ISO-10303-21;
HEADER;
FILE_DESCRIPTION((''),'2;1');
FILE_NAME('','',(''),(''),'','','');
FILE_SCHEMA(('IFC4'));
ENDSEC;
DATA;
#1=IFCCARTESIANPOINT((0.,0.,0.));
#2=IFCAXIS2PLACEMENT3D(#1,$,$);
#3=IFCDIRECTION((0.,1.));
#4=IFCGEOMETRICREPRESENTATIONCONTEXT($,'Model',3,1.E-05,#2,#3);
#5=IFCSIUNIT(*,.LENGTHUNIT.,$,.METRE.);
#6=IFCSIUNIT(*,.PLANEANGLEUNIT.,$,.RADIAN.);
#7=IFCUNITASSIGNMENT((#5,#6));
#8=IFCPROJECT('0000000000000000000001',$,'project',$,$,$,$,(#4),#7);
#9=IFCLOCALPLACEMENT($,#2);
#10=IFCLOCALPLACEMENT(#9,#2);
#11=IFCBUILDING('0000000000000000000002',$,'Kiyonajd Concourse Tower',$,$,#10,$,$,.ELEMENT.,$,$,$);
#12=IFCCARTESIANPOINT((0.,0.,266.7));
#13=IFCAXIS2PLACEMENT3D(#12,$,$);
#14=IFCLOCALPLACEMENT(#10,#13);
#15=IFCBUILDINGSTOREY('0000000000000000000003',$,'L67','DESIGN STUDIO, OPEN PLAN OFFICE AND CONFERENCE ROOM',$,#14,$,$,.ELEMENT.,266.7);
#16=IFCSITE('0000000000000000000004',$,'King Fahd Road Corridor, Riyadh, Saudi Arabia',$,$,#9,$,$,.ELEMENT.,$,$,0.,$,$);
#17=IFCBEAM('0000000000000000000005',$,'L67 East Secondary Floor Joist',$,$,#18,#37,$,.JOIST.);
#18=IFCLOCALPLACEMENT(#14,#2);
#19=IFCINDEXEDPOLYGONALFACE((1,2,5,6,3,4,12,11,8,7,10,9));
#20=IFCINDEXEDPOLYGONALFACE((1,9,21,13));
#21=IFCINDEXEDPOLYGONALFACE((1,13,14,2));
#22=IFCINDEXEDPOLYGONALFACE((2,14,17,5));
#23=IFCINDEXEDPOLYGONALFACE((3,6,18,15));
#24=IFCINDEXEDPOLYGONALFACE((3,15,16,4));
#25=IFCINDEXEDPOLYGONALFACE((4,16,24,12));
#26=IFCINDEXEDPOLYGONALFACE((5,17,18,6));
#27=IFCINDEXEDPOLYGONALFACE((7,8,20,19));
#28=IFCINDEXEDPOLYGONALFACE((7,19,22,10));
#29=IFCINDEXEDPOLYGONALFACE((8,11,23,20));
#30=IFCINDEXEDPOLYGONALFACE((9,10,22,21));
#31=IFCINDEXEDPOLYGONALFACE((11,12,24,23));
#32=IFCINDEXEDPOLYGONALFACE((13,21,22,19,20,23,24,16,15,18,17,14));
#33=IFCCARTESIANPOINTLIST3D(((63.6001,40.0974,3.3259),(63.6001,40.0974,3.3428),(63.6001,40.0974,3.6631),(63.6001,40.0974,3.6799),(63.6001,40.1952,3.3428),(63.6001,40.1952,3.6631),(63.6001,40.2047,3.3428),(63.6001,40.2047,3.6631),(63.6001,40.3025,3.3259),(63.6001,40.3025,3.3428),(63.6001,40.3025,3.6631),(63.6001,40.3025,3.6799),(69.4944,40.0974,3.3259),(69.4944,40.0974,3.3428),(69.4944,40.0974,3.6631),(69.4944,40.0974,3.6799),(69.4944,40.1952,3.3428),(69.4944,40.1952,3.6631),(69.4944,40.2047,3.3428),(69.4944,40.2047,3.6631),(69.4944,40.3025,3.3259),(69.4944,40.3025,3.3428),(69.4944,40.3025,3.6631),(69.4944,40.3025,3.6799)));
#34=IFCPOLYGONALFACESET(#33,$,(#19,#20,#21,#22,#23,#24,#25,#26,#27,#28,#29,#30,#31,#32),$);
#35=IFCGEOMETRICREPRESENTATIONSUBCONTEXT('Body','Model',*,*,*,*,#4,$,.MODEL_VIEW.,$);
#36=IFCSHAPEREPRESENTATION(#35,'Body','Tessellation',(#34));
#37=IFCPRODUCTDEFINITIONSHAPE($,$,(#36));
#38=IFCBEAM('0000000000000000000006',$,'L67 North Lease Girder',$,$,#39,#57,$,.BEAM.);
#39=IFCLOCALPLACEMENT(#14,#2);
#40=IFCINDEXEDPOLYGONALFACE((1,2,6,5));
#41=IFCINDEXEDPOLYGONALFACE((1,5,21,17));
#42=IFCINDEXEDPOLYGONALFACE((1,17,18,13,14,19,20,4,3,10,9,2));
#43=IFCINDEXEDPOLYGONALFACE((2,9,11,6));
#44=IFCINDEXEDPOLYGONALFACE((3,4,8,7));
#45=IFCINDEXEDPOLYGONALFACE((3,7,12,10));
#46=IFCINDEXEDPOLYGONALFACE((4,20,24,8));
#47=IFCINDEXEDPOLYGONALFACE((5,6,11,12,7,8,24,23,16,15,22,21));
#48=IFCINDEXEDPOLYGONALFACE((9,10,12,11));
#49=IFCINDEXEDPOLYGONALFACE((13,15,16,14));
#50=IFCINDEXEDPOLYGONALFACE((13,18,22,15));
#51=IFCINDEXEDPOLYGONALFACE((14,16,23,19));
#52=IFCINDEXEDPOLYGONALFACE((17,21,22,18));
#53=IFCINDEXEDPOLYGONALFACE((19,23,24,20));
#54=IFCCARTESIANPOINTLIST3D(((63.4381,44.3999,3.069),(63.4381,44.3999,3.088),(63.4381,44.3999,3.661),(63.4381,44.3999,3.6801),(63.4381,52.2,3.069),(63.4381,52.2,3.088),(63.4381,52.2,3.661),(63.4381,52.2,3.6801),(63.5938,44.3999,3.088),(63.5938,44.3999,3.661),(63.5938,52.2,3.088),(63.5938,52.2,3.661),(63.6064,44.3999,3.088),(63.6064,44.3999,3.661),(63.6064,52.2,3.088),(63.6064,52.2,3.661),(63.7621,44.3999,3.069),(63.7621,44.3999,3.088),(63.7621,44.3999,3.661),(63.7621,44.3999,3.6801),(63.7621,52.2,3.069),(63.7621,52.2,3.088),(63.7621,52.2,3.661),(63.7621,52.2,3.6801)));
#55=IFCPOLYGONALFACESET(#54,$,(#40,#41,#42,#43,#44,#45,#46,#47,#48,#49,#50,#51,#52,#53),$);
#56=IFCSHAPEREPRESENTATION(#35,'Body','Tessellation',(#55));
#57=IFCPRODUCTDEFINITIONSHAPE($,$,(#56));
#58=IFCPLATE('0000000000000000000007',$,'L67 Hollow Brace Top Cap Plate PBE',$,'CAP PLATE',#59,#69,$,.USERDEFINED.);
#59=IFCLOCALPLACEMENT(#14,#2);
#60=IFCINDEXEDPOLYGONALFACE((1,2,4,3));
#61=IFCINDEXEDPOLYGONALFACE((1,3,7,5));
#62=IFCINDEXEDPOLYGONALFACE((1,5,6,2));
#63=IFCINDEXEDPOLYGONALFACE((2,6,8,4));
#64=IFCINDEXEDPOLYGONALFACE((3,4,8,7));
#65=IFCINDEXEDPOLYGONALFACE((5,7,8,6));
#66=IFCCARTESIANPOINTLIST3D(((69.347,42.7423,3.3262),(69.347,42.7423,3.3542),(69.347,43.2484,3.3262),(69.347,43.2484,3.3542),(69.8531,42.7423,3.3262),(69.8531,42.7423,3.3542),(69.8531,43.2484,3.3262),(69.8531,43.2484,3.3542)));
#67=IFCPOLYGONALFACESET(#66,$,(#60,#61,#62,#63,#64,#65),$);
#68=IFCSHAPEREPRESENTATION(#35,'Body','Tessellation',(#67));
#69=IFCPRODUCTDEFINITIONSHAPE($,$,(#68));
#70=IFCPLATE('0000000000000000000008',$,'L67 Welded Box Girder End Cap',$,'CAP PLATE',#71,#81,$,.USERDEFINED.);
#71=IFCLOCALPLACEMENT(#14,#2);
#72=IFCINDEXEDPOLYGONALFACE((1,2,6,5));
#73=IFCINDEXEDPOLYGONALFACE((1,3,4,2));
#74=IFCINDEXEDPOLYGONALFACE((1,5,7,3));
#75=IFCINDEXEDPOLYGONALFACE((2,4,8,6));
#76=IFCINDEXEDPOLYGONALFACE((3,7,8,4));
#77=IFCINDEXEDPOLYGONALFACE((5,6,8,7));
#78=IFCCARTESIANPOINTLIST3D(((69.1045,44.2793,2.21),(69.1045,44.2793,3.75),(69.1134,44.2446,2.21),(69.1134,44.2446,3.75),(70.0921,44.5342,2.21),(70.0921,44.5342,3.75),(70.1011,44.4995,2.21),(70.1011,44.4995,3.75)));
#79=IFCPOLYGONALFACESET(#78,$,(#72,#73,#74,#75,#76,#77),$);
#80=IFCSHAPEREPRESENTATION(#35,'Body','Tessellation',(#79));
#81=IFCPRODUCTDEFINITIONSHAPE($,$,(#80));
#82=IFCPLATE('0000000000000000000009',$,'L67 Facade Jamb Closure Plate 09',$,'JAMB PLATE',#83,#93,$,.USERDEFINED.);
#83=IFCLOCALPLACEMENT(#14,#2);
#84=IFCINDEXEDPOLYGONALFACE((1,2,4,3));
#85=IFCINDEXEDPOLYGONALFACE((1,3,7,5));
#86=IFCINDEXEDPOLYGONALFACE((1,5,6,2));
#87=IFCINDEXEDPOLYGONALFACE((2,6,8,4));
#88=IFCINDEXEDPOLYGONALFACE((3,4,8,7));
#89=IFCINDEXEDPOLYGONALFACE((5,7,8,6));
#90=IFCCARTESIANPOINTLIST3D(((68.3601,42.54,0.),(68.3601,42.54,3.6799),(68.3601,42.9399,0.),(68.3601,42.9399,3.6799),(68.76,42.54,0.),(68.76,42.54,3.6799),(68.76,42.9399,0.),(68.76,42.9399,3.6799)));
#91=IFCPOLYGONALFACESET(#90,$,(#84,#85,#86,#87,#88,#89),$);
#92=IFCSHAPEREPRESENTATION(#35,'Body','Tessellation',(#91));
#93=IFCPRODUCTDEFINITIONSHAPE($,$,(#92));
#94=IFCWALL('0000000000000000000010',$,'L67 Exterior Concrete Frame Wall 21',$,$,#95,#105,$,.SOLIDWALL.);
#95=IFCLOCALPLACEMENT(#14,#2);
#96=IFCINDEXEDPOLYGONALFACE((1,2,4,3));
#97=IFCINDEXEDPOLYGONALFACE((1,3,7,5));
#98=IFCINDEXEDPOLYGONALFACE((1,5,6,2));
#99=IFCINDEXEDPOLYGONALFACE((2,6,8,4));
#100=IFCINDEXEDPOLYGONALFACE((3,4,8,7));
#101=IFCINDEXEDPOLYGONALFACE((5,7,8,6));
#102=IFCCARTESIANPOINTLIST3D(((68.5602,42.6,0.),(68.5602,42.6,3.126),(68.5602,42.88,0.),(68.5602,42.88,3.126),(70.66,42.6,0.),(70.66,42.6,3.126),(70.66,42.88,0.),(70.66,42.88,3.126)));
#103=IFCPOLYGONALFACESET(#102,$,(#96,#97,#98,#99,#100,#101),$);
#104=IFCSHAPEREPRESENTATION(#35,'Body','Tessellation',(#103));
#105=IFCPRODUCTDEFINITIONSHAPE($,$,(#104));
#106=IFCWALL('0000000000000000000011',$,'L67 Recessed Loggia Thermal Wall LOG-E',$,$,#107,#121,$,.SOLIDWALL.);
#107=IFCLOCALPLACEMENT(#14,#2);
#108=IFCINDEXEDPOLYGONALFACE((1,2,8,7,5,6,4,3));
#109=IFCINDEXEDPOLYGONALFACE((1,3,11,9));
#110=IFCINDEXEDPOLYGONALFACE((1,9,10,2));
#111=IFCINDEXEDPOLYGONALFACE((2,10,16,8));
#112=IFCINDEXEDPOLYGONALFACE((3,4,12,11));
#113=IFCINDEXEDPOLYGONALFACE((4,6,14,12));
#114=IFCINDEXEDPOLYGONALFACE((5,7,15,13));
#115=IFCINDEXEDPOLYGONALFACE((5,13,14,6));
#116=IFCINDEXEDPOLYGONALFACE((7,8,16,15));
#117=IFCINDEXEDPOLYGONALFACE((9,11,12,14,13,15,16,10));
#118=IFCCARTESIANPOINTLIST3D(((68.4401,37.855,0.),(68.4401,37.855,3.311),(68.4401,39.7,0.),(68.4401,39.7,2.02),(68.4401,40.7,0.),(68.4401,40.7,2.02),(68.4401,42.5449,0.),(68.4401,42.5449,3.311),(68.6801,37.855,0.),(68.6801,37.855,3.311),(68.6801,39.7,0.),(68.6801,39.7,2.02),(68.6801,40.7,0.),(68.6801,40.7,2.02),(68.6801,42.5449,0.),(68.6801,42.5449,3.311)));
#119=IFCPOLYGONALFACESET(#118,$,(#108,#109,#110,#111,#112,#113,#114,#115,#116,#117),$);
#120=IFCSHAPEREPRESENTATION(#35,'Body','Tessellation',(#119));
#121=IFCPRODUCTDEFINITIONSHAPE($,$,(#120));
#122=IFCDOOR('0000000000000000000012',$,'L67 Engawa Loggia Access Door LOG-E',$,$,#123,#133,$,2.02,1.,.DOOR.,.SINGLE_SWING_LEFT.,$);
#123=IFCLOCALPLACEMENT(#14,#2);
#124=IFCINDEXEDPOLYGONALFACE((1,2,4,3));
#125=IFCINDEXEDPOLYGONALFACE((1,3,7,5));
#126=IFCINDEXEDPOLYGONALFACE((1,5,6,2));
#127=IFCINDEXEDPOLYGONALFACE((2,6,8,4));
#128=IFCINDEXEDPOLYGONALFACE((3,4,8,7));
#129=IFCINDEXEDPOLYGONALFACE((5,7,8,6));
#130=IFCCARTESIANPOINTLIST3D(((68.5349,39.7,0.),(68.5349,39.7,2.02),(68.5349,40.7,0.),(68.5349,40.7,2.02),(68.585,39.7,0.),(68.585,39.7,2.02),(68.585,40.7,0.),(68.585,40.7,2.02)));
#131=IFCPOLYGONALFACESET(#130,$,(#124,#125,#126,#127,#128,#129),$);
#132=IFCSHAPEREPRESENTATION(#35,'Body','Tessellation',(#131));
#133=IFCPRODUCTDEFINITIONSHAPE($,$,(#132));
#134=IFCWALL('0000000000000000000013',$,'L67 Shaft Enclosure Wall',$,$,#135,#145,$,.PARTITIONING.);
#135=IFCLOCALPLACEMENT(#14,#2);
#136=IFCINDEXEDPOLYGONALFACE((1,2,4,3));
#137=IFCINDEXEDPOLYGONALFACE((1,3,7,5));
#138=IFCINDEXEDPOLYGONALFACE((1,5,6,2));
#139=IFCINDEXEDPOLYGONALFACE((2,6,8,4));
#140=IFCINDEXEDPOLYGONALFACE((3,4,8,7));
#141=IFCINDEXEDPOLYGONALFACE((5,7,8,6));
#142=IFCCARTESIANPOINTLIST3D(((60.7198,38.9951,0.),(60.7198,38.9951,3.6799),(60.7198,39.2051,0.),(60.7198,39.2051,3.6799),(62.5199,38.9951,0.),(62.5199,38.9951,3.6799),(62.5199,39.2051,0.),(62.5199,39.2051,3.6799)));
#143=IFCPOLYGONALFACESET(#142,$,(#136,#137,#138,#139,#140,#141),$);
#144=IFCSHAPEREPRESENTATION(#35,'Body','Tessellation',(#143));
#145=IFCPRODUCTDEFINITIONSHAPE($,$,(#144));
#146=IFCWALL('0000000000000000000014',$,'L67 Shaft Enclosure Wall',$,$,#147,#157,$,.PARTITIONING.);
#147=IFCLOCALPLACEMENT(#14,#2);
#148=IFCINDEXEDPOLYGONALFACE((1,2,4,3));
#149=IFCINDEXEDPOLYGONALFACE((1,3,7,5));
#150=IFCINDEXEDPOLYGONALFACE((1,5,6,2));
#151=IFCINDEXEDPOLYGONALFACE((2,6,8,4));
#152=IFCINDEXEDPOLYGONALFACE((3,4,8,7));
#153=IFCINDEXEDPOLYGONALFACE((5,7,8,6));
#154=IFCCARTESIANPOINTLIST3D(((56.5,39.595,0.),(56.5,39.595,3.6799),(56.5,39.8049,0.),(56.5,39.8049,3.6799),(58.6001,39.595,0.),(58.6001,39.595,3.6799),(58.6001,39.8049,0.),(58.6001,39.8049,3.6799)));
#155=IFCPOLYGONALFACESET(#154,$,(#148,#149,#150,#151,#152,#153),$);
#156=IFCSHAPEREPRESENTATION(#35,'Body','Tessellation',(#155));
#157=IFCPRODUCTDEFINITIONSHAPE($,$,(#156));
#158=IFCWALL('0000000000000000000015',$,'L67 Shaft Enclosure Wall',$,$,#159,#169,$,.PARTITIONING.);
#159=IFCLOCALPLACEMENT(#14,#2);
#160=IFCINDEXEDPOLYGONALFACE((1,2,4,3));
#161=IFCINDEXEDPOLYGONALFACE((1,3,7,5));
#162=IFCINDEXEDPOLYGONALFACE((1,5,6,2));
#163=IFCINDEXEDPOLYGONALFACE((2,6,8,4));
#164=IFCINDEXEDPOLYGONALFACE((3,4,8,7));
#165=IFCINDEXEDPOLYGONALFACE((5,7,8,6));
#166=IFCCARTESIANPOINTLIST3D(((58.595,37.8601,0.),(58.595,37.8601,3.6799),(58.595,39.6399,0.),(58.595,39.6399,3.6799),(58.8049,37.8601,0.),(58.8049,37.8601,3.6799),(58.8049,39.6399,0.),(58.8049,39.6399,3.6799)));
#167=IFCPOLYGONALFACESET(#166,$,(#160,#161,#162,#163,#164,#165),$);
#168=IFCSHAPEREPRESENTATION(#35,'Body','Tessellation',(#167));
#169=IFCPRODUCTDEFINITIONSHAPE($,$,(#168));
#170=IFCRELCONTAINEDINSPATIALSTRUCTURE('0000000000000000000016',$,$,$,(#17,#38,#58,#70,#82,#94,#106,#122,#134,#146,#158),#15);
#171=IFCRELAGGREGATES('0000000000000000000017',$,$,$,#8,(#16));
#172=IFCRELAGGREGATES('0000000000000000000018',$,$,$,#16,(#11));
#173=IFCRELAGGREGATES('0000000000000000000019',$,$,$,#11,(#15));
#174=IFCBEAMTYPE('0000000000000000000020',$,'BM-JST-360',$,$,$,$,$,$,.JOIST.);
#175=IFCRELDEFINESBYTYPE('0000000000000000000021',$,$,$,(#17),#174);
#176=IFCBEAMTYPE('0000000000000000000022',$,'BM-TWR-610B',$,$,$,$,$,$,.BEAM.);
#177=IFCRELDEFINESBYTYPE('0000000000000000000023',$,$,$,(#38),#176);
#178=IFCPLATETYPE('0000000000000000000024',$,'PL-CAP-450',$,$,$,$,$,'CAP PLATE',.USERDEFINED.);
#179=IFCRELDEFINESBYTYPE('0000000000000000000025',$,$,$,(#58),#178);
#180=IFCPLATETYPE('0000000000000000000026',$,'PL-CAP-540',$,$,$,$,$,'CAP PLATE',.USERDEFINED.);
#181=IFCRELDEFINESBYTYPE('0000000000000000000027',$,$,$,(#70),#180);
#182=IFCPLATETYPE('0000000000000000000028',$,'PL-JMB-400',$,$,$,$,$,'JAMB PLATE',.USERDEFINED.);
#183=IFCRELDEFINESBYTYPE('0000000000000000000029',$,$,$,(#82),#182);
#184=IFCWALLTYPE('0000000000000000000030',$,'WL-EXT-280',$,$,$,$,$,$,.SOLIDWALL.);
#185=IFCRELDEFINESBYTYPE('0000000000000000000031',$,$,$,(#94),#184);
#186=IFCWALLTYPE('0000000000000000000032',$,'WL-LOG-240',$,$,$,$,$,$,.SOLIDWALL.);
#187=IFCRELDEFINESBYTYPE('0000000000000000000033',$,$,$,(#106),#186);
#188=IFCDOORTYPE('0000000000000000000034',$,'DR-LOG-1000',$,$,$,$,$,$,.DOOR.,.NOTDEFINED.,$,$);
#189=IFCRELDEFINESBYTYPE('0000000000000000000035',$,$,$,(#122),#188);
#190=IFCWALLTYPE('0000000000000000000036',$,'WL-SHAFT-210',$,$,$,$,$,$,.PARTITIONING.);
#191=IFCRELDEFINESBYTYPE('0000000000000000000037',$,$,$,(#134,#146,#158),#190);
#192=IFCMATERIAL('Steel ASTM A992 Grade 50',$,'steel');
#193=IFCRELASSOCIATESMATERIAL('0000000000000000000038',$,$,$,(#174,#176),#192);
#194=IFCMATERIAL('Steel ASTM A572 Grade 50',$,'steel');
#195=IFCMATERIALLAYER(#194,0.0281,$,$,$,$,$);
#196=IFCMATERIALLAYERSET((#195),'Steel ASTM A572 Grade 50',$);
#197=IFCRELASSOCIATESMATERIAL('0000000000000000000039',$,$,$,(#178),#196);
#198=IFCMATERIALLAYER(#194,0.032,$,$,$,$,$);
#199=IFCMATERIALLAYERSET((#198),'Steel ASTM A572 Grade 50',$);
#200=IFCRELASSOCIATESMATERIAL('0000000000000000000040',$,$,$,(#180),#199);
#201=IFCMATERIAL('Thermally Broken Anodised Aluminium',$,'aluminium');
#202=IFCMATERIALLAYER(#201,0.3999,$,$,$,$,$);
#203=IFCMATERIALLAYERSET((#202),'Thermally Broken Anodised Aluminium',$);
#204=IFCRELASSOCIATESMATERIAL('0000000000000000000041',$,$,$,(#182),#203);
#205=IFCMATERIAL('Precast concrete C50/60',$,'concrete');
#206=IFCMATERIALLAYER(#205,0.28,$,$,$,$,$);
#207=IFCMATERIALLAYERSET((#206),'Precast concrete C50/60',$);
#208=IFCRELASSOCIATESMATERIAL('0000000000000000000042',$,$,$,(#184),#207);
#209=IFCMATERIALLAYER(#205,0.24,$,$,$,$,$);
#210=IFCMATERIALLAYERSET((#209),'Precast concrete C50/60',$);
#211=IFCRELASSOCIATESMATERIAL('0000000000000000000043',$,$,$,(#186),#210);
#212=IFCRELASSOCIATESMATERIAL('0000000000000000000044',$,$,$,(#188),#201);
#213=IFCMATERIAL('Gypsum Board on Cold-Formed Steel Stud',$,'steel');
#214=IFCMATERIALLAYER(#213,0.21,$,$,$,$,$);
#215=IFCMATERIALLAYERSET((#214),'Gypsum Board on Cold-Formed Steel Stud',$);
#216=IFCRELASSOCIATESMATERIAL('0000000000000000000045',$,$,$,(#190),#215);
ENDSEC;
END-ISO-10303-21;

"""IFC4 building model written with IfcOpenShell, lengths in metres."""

from ifc_helpers import new_model, si_unit, direction, frame, frame_2d, origin, origin_2d, place, context, subcontext, project, spatial, rectangle, i_section, extrude, material, layer, layer_set, material_profile, profile_set, type_object, element, fill, save


model = new_model("IFC4")

# Units and contexts
model_context = context("Model", 3, precision=1e-05, world=origin(), true_north=direction((0.0, 1.0)))
body_context = subcontext(model_context, "Body", "Model", "MODEL_VIEW")
ifc_project = project(units=[si_unit("LENGTHUNIT", "METRE"), si_unit("PLANEANGLEUNIT", "RADIAN")], contexts=[model_context])

# Site, building, storey
site_placement = place(None, origin())
site = spatial("IfcSite", under=ifc_project, at=site_placement, Name="King Fahd Road Corridor, Riyadh, Saudi Arabia", CompositionType="ELEMENT", RefElevation=0.0)
building_placement = place(site_placement, origin())
building = spatial("IfcBuilding", under=site, at=building_placement, Name="Kiyonajd Concourse Tower", CompositionType="ELEMENT")
storey_placement = place(building_placement, frame((0.0, 0.0, 266.7)))
storey = spatial("IfcBuildingStorey", under=building, at=storey_placement, Name="L67", Description="DESIGN STUDIO, OPEN PLAN OFFICE AND CONFERENCE ROOM", CompositionType="ELEMENT", Elevation=266.7)

# Beams
ifc_material_1 = material(Name="Steel ASTM A992 Grade 50", Category="steel")
ifc_material_profile_1 = material_profile(ifc_material_1, i_section(OverallWidth=0.2051, OverallDepth=0.354, WebThickness=0.0095, FlangeThickness=0.0168, at=origin_2d()), Name="W360X79")
ifc_profile_set_1 = profile_set([ifc_material_profile_1], Name="Steel ASTM A992 Grade 50")
beam_type_1 = type_object("IfcBeamType", Name="BM-JST-360", PredefinedType="JOIST", material=ifc_profile_set_1)
beam_1_placement = place(storey_placement, frame((63.6001, 40.2, 3.5029), z_axis=(1.0, 0.0, 0.0), x_axis=(0.0, 1.0, 0.0)))
element("IfcBeam", 1, at=beam_1_placement, inside=storey, type_object=beam_type_1, Name="L67 East Secondary Floor Joist", PredefinedType="JOIST", context=body_context, shape_type="SweptSolid", body=[
    extrude(i_section(OverallWidth=0.2051, OverallDepth=0.354, WebThickness=0.0095, FlangeThickness=0.0168, at=origin_2d()), origin(), (0.0, 0.0, 1.0), 5.8943),
])
ifc_material_profile_2 = material_profile(ifc_material_1, i_section(OverallWidth=0.324, OverallDepth=0.6111, WebThickness=0.0127, FlangeThickness=0.019, at=origin_2d()), Name="W610X155")
ifc_profile_set_2 = profile_set([ifc_material_profile_2], Name="Steel ASTM A992 Grade 50")
beam_type_2 = type_object("IfcBeamType", Name="BM-TWR-610B", PredefinedType="BEAM", material=ifc_profile_set_2)
beam_2_placement = place(storey_placement, frame((63.6001, 44.3999, 3.3745), z_axis=(0.0, 1.0, 0.0), x_axis=(-1.0, 0.0, 0.0)))
element("IfcBeam", 2, at=beam_2_placement, inside=storey, type_object=beam_type_2, Name="L67 North Lease Girder", PredefinedType="BEAM", context=body_context, shape_type="SweptSolid", body=[
    extrude(i_section(OverallWidth=0.324, OverallDepth=0.6111, WebThickness=0.0127, FlangeThickness=0.019, at=origin_2d()), origin(), (0.0, 0.0, 1.0), 7.8),
])

# Plates
ifc_material_2 = material(Name="Steel ASTM A572 Grade 50", Category="steel")
ifc_layer_1 = layer(ifc_material_2, 0.0281)
ifc_layer_set_1 = layer_set([ifc_layer_1], Name="Steel ASTM A572 Grade 50")
plate_type_1 = type_object("IfcPlateType", Name="PL-CAP-450", ElementType="CAP PLATE", PredefinedType="USERDEFINED", material=ifc_layer_set_1)
plate_1_placement = place(storey_placement, frame((69.6001, 42.9954, 3.3262), z_axis=(0.0, 0.0, 1.0), x_axis=(1.0, 0.0, 0.0)))
element("IfcPlate", 3, at=plate_1_placement, inside=storey, type_object=plate_type_1, Name="L67 Hollow Brace Top Cap Plate PBE", ObjectType="CAP PLATE", PredefinedType="USERDEFINED", context=body_context, shape_type="SweptSolid", body=[
    extrude(rectangle(XDim=0.5061, YDim=0.5061, at=origin_2d()), origin(), (0.0, 0.0, 1.0), 0.0281),
])
ifc_layer_2 = layer(ifc_material_2, 0.032)
ifc_layer_set_2 = layer_set([ifc_layer_2], Name="Steel ASTM A572 Grade 50")
plate_type_2 = type_object("IfcPlateType", Name="PL-CAP-540", ElementType="CAP PLATE", PredefinedType="USERDEFINED", material=ifc_layer_set_2)
plate_2_placement = place(storey_placement, frame((69.6028, 44.3894, 2.21), z_axis=(0.0, 0.0, 1.0), x_axis=(0.249873, -0.968279, 0.0)))
element("IfcPlate", 4, at=plate_2_placement, inside=storey, type_object=plate_type_2, Name="L67 Welded Box Girder End Cap", ObjectType="CAP PLATE", PredefinedType="USERDEFINED", context=body_context, shape_type="SweptSolid", body=[
    extrude(rectangle(XDim=0.0359, YDim=1.02, at=origin_2d()), origin(), (0.0, 0.0, 1.0), 1.54),
])
ifc_material_3 = material(Name="Thermally Broken Anodised Aluminium", Category="aluminium")
ifc_layer_3 = layer(ifc_material_3, 0.3999)
ifc_layer_set_3 = layer_set([ifc_layer_3], Name="Thermally Broken Anodised Aluminium")
plate_type_3 = type_object("IfcPlateType", Name="PL-JMB-400", ElementType="JAMB PLATE", PredefinedType="USERDEFINED", material=ifc_layer_set_3)
plate_3_placement = place(storey_placement, frame((68.5601, 42.74, 0.0), z_axis=(0.0, 0.0, 1.0), x_axis=(1.0, 0.0, 0.0)))
element("IfcPlate", 5, at=plate_3_placement, inside=storey, type_object=plate_type_3, Name="L67 Facade Jamb Closure Plate 09", ObjectType="JAMB PLATE", PredefinedType="USERDEFINED", context=body_context, shape_type="SweptSolid", body=[
    extrude(rectangle(XDim=0.3999, YDim=0.3999, at=origin_2d()), origin(), (0.0, 0.0, 1.0), 3.6799),
])

# Wall
ifc_material_4 = material(Name="Precast concrete C50/60", Category="concrete")
ifc_layer_4 = layer(ifc_material_4, 0.28)
ifc_layer_set_4 = layer_set([ifc_layer_4], Name="Precast concrete C50/60")
wall_type_1 = type_object("IfcWallType", Name="WL-EXT-280", PredefinedType="SOLIDWALL", material=ifc_layer_set_4)
wall_1_placement = place(storey_placement, frame((70.6599, 42.74, 0.0), z_axis=(0.0, 0.0, 1.0), x_axis=(-1.0, 0.0, 0.0)))
element("IfcWall", 6, at=wall_1_placement, inside=storey, type_object=wall_type_1, Name="L67 Exterior Concrete Frame Wall 21", PredefinedType="SOLIDWALL", context=body_context, shape_type="SweptSolid", body=[
    extrude(rectangle(XDim=2.0999, YDim=0.28, at=frame_2d((1.0498, 0.0))), origin(), (0.0, 0.0, 1.0), 3.126),
])

# Wall, opening, door
ifc_layer_5 = layer(ifc_material_4, 0.24)
ifc_layer_set_5 = layer_set([ifc_layer_5], Name="Precast concrete C50/60")
wall_type_2 = type_object("IfcWallType", Name="WL-LOG-240", PredefinedType="SOLIDWALL", material=ifc_layer_set_5)
wall_2_placement = place(storey_placement, frame((68.5601, 42.5449, 0.0), z_axis=(0.0, 0.0, 1.0), x_axis=(0.0, -1.0, 0.0)))
wall_2 = element("IfcWall", 7, at=wall_2_placement, inside=storey, type_object=wall_type_2, Name="L67 Recessed Loggia Thermal Wall LOG-E", PredefinedType="SOLIDWALL", context=body_context, shape_type="SweptSolid", body=[
    extrude(rectangle(XDim=4.6899, YDim=0.24, at=frame_2d((2.345, 0.0))), origin(), (0.0, 0.0, 1.0), 3.311),
])
opening_1_placement = place(wall_2_placement, frame((1.845, 0.0, 0.0)))
opening_1 = element("IfcOpeningElement", 8, at=opening_1_placement, cuts=wall_2, PredefinedType="OPENING", context=body_context, shape_type="SweptSolid", body=[
    extrude(rectangle(XDim=1.0, YDim=2.02, at=frame_2d((0.5, 1.01))), frame((0.0, 0.1299, 0.0), z_axis=(0.0, -1.0, 0.0), x_axis=(1.0, 0.0, 0.0)), (0.0, 0.0, 1.0), 0.26),
])
door_type_1 = type_object("IfcDoorType", Name="DR-LOG-1000", OperationType="NOTDEFINED", PredefinedType="DOOR", material=ifc_material_3)
door_1_placement = place(opening_1_placement, origin())
door_1 = element("IfcDoor", 9, at=door_1_placement, inside=storey, type_object=door_type_1, Name="L67 Engawa Loggia Access Door LOG-E", OperationType="SINGLE_SWING_LEFT", OverallHeight=2.02, OverallWidth=1.0, PredefinedType="DOOR", context=body_context, shape_type="SweptSolid", body=[
    extrude(rectangle(XDim=1.0, YDim=2.02, at=frame_2d((0.5, 1.01))), frame((0.0, 0.0249, 0.0), z_axis=(0.0, -1.0, 0.0), x_axis=(1.0, 0.0, 0.0)), (0.0, 0.0, 1.0), 0.05),
])
fill(opening_1, door_1)

# Walls
ifc_material_5 = material(Name="Gypsum Board on Cold-Formed Steel Stud", Category="steel")
ifc_layer_6 = layer(ifc_material_5, 0.21)
ifc_layer_set_6 = layer_set([ifc_layer_6], Name="Gypsum Board on Cold-Formed Steel Stud")
wall_type_3 = type_object("IfcWallType", Name="WL-SHAFT-210", PredefinedType="PARTITIONING", material=ifc_layer_set_6)
wall_3_placement = place(storey_placement, frame((60.72, 39.1001, 0.0), z_axis=(0.0, 0.0, 1.0), x_axis=(1.0, 0.0, 0.0)))
element("IfcWall", 10, at=wall_3_placement, inside=storey, type_object=wall_type_3, Name="L67 Shaft Enclosure Wall", PredefinedType="PARTITIONING", context=body_context, shape_type="SweptSolid", body=[
    extrude(rectangle(XDim=1.8, YDim=0.21, at=frame_2d((0.8999, 0.0))), origin(), (0.0, 0.0, 1.0), 3.6799),
])
wall_4_placement = place(storey_placement, frame((56.5, 39.7, 0.0), z_axis=(0.0, 0.0, 1.0), x_axis=(1.0, 0.0, 0.0)))
element("IfcWall", 11, at=wall_4_placement, inside=storey, type_object=wall_type_3, Name="L67 Shaft Enclosure Wall", PredefinedType="PARTITIONING", context=body_context, shape_type="SweptSolid", body=[
    extrude(rectangle(XDim=2.1001, YDim=0.21, at=frame_2d((1.05, 0.0))), origin(), (0.0, 0.0, 1.0), 3.6799),
])
wall_5_placement = place(storey_placement, frame((58.7, 37.8601, 0.0), z_axis=(0.0, 0.0, 1.0), x_axis=(0.0, 1.0, 0.0)))
element("IfcWall", 12, at=wall_5_placement, inside=storey, type_object=wall_type_3, Name="L67 Shaft Enclosure Wall", PredefinedType="PARTITIONING", context=body_context, shape_type="SweptSolid", body=[
    extrude(rectangle(XDim=1.7798, YDim=0.21, at=frame_2d((0.8899, 0.0))), origin(), (0.0, 0.0, 1.0), 3.6799),
])

save(model, "model.ifc")
